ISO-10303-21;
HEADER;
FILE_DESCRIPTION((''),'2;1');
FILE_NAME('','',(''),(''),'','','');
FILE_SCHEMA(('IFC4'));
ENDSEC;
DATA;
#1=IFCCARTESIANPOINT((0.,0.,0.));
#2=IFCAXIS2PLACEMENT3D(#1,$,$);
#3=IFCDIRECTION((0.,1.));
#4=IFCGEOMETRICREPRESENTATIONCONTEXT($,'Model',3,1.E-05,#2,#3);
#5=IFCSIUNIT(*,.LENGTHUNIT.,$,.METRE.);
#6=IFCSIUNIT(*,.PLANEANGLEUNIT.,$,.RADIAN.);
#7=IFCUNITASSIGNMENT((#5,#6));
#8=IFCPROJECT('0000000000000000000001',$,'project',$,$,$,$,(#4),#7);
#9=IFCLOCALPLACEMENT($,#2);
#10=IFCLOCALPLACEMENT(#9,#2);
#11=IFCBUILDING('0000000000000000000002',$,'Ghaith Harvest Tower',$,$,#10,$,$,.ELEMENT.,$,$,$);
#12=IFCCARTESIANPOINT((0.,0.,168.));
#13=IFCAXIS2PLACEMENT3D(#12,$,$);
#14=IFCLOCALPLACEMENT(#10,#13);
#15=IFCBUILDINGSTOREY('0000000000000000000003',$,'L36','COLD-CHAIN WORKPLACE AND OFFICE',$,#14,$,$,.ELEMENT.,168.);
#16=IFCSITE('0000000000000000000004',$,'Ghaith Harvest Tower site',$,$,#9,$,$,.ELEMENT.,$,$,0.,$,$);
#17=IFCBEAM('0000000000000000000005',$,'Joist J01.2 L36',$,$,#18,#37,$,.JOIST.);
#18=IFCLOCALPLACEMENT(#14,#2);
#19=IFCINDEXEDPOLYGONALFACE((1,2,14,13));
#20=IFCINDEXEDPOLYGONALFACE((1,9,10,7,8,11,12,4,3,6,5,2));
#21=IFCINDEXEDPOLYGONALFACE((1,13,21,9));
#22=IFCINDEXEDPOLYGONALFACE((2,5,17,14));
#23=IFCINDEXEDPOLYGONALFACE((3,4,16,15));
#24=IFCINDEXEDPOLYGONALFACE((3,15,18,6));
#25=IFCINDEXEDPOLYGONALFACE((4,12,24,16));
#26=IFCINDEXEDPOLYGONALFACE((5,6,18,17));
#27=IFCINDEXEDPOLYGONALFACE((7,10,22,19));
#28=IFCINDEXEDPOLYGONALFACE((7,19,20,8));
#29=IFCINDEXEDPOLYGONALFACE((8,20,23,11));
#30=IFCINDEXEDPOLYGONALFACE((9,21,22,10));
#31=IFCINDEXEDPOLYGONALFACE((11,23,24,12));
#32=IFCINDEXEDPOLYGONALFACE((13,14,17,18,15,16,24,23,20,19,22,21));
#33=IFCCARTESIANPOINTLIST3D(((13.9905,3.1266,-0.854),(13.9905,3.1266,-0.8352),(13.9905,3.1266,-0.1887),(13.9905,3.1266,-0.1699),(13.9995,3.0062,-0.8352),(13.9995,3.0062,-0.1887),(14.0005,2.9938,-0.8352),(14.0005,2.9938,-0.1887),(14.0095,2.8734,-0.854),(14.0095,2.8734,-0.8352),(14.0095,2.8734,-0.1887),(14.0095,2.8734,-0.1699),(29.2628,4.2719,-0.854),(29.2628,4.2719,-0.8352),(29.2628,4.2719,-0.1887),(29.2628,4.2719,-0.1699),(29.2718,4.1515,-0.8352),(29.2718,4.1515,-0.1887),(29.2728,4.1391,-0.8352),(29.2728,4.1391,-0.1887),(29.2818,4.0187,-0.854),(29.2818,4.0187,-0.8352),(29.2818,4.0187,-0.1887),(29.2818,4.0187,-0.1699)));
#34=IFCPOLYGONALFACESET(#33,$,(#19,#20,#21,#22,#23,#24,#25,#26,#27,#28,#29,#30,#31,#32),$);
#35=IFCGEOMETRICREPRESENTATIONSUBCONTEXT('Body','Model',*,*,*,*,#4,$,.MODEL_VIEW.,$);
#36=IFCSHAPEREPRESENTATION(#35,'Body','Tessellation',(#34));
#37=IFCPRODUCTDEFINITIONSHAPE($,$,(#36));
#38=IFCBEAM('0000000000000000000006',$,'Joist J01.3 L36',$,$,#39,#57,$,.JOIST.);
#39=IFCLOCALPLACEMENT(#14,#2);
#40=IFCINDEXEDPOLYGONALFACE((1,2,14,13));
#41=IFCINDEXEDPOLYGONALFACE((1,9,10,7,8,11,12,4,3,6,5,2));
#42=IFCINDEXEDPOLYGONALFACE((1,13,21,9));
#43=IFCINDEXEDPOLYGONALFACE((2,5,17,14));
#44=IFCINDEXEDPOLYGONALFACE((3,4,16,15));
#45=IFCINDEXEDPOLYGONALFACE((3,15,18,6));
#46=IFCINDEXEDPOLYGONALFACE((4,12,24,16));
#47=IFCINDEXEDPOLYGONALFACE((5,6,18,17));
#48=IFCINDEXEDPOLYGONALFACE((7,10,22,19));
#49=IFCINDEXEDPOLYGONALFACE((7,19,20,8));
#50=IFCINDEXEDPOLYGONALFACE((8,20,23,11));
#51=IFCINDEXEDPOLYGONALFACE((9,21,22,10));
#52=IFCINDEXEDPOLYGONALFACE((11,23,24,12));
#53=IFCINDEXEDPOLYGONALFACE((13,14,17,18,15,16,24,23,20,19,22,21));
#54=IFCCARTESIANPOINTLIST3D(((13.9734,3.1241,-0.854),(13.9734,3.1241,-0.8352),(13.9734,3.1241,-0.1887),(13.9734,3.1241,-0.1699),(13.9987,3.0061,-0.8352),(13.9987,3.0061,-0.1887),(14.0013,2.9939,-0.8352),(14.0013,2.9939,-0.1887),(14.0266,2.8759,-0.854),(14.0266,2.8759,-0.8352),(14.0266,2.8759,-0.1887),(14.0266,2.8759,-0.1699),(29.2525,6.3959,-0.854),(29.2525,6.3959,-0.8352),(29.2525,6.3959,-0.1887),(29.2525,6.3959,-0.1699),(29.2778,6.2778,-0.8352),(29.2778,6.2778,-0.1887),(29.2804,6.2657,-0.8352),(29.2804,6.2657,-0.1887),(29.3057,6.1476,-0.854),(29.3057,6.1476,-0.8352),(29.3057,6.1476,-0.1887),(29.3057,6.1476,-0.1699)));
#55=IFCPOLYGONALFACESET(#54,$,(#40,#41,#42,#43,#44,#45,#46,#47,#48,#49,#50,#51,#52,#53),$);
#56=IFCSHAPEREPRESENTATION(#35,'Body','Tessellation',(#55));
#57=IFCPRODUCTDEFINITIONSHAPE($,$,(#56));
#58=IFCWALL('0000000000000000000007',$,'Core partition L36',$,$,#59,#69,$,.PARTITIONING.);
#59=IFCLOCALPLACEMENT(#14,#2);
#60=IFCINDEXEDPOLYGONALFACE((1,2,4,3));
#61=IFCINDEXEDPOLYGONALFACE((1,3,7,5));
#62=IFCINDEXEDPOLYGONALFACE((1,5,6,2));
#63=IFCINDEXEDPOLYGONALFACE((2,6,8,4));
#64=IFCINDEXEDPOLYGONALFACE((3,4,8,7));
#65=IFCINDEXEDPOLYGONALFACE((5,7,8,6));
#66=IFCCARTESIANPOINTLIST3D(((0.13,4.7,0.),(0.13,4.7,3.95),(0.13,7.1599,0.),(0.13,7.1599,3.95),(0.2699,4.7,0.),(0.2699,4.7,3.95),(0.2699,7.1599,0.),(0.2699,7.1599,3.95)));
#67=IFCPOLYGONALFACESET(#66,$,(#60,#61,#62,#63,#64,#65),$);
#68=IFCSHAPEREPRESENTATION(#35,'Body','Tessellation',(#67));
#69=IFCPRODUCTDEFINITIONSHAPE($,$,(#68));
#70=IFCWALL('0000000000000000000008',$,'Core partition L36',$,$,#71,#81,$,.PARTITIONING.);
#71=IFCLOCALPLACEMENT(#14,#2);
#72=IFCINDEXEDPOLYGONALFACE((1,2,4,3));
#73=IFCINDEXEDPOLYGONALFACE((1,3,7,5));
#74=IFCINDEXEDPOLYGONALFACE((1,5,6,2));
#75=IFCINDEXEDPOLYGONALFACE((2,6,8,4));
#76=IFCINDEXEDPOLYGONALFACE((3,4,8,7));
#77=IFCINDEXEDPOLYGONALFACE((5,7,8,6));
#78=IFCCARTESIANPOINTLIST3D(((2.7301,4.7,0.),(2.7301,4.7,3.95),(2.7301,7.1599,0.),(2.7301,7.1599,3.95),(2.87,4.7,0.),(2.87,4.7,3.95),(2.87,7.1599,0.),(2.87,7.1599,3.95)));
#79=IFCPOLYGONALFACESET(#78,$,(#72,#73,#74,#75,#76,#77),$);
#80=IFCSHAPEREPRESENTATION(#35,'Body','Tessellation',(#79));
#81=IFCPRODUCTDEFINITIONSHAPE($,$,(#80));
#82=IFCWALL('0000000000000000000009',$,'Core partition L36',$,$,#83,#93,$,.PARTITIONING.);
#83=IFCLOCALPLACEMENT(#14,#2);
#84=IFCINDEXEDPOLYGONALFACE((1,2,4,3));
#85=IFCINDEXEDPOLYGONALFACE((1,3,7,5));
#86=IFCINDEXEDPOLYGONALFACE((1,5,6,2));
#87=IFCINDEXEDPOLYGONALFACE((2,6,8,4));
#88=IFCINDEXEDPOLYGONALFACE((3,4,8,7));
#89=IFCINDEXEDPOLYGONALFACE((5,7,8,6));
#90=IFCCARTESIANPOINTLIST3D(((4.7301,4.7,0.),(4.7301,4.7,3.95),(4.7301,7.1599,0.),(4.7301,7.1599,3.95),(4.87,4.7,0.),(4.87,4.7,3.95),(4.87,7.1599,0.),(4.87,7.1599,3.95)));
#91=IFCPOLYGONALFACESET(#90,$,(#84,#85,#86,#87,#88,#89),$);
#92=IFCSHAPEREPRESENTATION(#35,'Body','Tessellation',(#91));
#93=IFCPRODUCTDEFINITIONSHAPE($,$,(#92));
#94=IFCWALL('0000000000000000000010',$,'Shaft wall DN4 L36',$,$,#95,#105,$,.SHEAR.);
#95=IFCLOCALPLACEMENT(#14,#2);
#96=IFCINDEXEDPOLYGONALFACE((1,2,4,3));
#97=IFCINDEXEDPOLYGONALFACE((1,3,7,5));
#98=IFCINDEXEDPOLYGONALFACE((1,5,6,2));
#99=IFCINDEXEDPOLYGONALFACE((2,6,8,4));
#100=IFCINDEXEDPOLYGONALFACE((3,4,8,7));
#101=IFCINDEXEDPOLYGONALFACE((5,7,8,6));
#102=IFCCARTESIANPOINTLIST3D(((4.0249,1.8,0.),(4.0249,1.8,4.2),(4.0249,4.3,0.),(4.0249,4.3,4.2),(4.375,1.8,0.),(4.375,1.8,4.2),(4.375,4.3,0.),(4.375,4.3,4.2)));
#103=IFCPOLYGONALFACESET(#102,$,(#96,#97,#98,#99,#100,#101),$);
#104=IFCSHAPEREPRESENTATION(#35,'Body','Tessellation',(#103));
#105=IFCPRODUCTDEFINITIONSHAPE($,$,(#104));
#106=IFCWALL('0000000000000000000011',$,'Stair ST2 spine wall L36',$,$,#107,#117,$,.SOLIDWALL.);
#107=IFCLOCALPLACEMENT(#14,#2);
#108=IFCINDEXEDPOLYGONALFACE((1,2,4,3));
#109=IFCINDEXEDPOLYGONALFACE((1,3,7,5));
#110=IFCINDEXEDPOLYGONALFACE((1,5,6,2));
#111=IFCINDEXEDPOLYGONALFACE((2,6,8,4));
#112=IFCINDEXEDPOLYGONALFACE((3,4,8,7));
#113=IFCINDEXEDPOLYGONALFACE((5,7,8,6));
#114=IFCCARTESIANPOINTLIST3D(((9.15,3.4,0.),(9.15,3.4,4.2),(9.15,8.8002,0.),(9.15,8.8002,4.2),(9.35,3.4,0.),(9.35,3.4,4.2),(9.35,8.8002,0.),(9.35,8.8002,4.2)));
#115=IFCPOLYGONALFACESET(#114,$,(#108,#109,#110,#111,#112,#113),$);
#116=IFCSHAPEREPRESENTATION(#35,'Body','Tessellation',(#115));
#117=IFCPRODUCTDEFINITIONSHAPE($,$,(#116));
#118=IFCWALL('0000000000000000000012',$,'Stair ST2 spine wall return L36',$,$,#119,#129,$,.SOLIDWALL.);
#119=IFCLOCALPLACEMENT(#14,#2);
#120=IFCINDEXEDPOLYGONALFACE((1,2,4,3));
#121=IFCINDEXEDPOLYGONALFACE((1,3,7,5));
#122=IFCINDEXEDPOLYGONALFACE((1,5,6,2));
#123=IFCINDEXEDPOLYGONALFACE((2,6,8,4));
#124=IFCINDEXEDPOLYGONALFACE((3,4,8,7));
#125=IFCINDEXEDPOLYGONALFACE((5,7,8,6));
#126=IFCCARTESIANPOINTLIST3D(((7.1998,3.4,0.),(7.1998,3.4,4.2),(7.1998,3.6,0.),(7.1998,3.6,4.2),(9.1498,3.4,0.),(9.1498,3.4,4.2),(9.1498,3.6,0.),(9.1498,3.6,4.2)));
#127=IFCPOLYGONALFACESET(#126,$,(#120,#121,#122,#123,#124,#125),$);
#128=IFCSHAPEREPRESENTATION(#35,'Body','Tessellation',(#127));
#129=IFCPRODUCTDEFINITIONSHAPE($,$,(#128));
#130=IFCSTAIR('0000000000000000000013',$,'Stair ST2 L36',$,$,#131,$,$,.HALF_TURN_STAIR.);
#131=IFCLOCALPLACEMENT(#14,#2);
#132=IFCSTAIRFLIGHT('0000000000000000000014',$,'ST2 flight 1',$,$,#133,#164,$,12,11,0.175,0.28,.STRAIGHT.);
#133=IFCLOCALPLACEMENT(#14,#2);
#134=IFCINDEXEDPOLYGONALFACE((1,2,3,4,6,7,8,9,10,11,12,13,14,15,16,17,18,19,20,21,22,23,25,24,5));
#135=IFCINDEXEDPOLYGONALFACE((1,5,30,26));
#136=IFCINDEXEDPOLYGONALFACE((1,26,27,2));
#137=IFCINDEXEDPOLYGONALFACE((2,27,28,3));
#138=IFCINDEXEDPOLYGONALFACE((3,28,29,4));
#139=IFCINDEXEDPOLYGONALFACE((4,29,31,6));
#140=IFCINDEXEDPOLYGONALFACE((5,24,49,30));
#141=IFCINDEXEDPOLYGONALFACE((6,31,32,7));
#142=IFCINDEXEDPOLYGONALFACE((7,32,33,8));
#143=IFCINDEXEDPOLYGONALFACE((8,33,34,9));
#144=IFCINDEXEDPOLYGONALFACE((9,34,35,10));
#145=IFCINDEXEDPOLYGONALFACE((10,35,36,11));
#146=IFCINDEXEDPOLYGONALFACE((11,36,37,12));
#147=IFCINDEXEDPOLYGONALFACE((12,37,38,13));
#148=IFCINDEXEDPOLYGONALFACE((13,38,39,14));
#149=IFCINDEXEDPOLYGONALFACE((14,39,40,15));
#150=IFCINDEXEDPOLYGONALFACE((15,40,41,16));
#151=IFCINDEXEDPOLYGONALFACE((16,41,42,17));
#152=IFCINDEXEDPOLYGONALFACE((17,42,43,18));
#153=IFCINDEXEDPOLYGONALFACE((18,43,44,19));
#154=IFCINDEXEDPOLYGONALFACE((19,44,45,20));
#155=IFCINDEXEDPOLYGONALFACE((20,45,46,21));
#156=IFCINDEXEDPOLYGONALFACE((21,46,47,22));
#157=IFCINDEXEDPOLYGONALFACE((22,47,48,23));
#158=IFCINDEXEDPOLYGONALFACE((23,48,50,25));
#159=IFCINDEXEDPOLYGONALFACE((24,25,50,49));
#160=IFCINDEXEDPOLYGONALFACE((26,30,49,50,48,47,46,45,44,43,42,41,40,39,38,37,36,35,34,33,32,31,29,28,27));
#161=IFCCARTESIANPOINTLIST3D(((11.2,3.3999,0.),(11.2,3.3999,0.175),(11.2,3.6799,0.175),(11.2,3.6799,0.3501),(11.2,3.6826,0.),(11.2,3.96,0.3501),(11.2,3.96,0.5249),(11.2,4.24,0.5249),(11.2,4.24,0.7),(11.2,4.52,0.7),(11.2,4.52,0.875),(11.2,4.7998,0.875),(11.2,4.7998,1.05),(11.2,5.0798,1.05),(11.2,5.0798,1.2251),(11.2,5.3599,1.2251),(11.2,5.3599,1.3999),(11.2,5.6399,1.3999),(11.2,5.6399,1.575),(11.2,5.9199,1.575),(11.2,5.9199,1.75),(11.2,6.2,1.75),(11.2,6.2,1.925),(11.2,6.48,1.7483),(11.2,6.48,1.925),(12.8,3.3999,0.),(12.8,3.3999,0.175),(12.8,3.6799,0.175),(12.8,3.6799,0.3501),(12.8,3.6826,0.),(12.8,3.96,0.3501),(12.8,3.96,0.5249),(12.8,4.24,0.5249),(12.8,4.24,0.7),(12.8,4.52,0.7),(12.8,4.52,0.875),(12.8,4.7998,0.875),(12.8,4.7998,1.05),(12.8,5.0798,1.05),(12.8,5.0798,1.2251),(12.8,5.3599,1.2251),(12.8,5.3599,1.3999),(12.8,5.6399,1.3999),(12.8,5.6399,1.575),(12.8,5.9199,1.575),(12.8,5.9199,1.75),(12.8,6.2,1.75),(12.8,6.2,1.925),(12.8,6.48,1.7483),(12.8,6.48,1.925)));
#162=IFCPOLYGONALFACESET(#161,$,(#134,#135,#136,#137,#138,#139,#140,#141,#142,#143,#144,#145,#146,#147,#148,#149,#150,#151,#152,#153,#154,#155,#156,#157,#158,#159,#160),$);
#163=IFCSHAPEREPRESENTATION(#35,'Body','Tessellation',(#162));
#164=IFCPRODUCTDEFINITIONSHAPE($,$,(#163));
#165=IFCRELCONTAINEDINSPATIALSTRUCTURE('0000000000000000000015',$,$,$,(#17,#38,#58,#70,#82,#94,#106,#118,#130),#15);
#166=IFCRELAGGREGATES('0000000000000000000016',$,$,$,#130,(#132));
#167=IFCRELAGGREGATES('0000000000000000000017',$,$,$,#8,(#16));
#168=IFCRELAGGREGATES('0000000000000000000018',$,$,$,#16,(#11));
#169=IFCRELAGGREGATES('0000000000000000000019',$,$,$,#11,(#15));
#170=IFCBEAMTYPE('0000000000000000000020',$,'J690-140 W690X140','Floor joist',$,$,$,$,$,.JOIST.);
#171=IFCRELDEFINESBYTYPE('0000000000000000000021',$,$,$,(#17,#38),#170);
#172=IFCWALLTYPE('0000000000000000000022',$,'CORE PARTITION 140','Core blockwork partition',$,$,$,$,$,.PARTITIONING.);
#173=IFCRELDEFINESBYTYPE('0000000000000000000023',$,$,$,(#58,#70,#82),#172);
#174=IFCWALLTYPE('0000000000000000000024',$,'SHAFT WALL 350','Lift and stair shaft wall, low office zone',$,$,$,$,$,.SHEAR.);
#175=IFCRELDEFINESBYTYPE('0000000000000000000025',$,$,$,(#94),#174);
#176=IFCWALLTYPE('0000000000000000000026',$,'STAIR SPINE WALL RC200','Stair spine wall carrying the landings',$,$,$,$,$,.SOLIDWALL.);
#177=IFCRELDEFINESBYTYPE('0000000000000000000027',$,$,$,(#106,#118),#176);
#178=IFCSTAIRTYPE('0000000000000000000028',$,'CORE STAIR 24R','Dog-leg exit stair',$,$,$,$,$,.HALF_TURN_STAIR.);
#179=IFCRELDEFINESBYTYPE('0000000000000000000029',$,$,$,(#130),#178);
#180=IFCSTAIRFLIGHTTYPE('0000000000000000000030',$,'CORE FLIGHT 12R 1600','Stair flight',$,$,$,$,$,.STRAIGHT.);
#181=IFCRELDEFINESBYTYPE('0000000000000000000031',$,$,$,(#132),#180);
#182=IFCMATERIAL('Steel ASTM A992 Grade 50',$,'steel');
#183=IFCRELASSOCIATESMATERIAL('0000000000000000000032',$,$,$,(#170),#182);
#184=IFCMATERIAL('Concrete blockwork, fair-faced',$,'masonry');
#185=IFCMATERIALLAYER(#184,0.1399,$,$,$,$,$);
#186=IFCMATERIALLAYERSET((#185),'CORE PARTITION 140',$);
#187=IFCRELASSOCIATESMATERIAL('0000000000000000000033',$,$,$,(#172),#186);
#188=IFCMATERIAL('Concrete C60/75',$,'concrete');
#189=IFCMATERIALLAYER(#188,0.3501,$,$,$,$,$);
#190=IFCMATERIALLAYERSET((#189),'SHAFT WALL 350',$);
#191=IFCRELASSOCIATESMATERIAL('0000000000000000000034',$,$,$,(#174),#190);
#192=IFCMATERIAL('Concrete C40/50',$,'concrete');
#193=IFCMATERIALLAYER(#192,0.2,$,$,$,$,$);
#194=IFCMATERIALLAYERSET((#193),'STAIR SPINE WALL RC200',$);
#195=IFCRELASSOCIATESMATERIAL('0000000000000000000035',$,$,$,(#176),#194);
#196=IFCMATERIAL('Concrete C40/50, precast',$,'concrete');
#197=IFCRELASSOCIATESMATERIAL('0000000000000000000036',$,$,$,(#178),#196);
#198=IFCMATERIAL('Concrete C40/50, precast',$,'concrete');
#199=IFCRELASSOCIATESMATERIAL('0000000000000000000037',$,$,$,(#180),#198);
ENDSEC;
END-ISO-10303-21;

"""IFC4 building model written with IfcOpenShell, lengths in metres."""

from ifc_helpers import new_model, si_unit, direction, frame, frame_2d, origin, origin_2d, place, context, subcontext, project, spatial, polyline, rectangle, i_section, outline, extrude, material, layer, layer_set, material_profile, profile_set, type_object, element, aggregate, save


model = new_model("IFC4")

# Units and contexts
model_context = context("Model", 3, precision=1e-05, world=origin(), true_north=direction((0.0, 1.0)))
body_context = subcontext(model_context, "Body", "Model", "MODEL_VIEW")
ifc_project = project(units=[si_unit("LENGTHUNIT", "METRE"), si_unit("PLANEANGLEUNIT", "RADIAN")], contexts=[model_context])

# Site, building, storey
site_placement = place(None, origin())
site = spatial("IfcSite", under=ifc_project, at=site_placement, Name="Ghaith Harvest Tower site", CompositionType="ELEMENT", RefElevation=0.0)
building_placement = place(site_placement, origin())
building = spatial("IfcBuilding", under=site, at=building_placement, Name="Ghaith Harvest Tower", CompositionType="ELEMENT")
storey_placement = place(building_placement, frame((0.0, 0.0, 168.0)))
storey = spatial("IfcBuildingStorey", under=building, at=storey_placement, Name="L36", Description="COLD-CHAIN WORKPLACE AND OFFICE", CompositionType="ELEMENT", Elevation=168.0)

# Beams
ifc_material_1 = material(Name="Steel ASTM A992 Grade 50", Category="steel")
ifc_material_profile_1 = material_profile(ifc_material_1, i_section(OverallWidth=0.2539, OverallDepth=0.6841, WebThickness=0.0125, FlangeThickness=0.0188, at=origin_2d()), Name="W690X140")
ifc_profile_set_1 = profile_set([ifc_material_profile_1], Name="Steel ASTM A992 Grade 50")
beam_type_1 = type_object("IfcBeamType", Name="J690-140 W690X140", Description="Floor joist", PredefinedType="JOIST", material=ifc_profile_set_1)
beam_1_placement = place(storey_placement, frame((14.0, 3.0, -0.512), z_axis=(0.9972, 0.07478, 0.0), x_axis=(-0.07478, 0.9972, 0.0)))
element("IfcBeam", 1, at=beam_1_placement, inside=storey, type_object=beam_type_1, Name="Joist J01.2 L36", PredefinedType="JOIST", context=body_context, shape_type="SweptSolid", body=[
    extrude(i_section(OverallWidth=0.2539, OverallDepth=0.6841, WebThickness=0.0125, FlangeThickness=0.0188, at=origin_2d()), origin(), (0.0, 0.0, 1.0), 15.3152),
])
beam_2_placement = place(storey_placement, frame((14.0, 3.0, -0.512), z_axis=(0.977833, 0.209385, 0.0), x_axis=(-0.209385, 0.977833, 0.0)))
element("IfcBeam", 2, at=beam_2_placement, inside=storey, type_object=beam_type_1, Name="Joist J01.3 L36", PredefinedType="JOIST", context=body_context, shape_type="SweptSolid", body=[
    extrude(i_section(OverallWidth=0.2539, OverallDepth=0.6841, WebThickness=0.0125, FlangeThickness=0.0188, at=origin_2d()), origin(), (0.0, 0.0, 1.0), 15.6255),
])

# Walls
ifc_material_2 = material(Name="Concrete blockwork, fair-faced", Category="masonry")
ifc_layer_1 = layer(ifc_material_2, 0.1399)
ifc_layer_set_1 = layer_set([ifc_layer_1], Name="CORE PARTITION 140")
wall_type_1 = type_object("IfcWallType", Name="CORE PARTITION 140", Description="Core blockwork partition", PredefinedType="PARTITIONING", material=ifc_layer_set_1)
for number, where, z_axis, x_axis, name in (
    (3, (0.2, 4.7, 0.0), (0.0, 0.0, 1.0), (0.0, 1.0, 0.0), "Core partition L36"),
    (4, (2.8, 4.7, 0.0), (0.0, 0.0, 1.0), (0.0, 1.0, 0.0), "Core partition L36"),
    (5, (4.8, 4.7, 0.0), (0.0, 0.0, 1.0), (0.0, 1.0, 0.0), "Core partition L36"),
):
    element("IfcWall", number, at=place(storey_placement, frame(where, z_axis=z_axis, x_axis=x_axis)), inside=storey, type_object=wall_type_1, Name=name, PredefinedType="PARTITIONING", context=body_context, shape_type="SweptSolid", body=[
        extrude(rectangle(XDim=2.46, YDim=0.1399, at=frame_2d((1.23, 0.0))), origin(), (0.0, 0.0, 1.0), 3.95),
    ])

# Shared definitions
ifc_material_3 = material(Name="Concrete C60/75", Category="concrete")
ifc_layer_2 = layer(ifc_material_3, 0.3501)
ifc_layer_set_2 = layer_set([ifc_layer_2], Name="SHAFT WALL 350")
wall_type_2 = type_object("IfcWallType", Name="SHAFT WALL 350", Description="Lift and stair shaft wall, low office zone", PredefinedType="SHEAR", material=ifc_layer_set_2)

# Walls
wall_1_placement = place(storey_placement, frame((4.2, 1.8, 0.0), z_axis=(0.0, 0.0, 1.0), x_axis=(0.0, 1.0, 0.0)))
element("IfcWall", 6, at=wall_1_placement, inside=storey, type_object=wall_type_2, Name="Shaft wall DN4 L36", PredefinedType="SHEAR", context=body_context, shape_type="SweptSolid", body=[
    extrude(rectangle(XDim=2.5, YDim=0.3501, at=frame_2d((1.25, 0.0))), origin(), (0.0, 0.0, 1.0), 4.2),
])
ifc_material_4 = material(Name="Concrete C40/50", Category="concrete")
ifc_layer_3 = layer(ifc_material_4, 0.2)
ifc_layer_set_3 = layer_set([ifc_layer_3], Name="STAIR SPINE WALL RC200")
wall_type_3 = type_object("IfcWallType", Name="STAIR SPINE WALL RC200", Description="Stair spine wall carrying the landings", PredefinedType="SOLIDWALL", material=ifc_layer_set_3)
wall_2_placement = place(storey_placement, frame((9.25, 3.3999, 0.0), z_axis=(0.0, 0.0, 1.0), x_axis=(0.0, 1.0, 0.0)))
element("IfcWall", 7, at=wall_2_placement, inside=storey, type_object=wall_type_3, Name="Stair ST2 spine wall L36", PredefinedType="SOLIDWALL", context=body_context, shape_type="SweptSolid", body=[
    extrude(rectangle(XDim=5.4001, YDim=0.2, at=frame_2d((2.7002, 0.0))), origin(), (0.0, 0.0, 1.0), 4.2),
])
wall_3_placement = place(storey_placement, frame((9.1499, 3.5, 0.0), z_axis=(0.0, 0.0, 1.0), x_axis=(-1.0, 0.0, 0.0)))
element("IfcWall", 8, at=wall_3_placement, inside=storey, type_object=wall_type_3, Name="Stair ST2 spine wall return L36", PredefinedType="SOLIDWALL", context=body_context, shape_type="SweptSolid", body=[
    extrude(rectangle(XDim=1.95, YDim=0.2, at=frame_2d((0.9751, 0.0))), origin(), (0.0, 0.0, 1.0), 4.2),
])

# Stair, stair flight
ifc_material_5 = material(Name="Concrete C40/50, precast", Category="concrete")
stair_type = type_object("IfcStairType", Name="CORE STAIR 24R", Description="Dog-leg exit stair", PredefinedType="HALF_TURN_STAIR", material=ifc_material_5)
stair_placement = place(storey_placement, origin())
stair = element("IfcStair", 9, at=stair_placement, inside=storey, type_object=stair_type, Name="Stair ST2 L36", PredefinedType="HALF_TURN_STAIR")
ifc_material_6 = material(Name="Concrete C40/50, precast", Category="concrete")
stair_flight_type = type_object("IfcStairFlightType", Name="CORE FLIGHT 12R 1600", Description="Stair flight", PredefinedType="STRAIGHT", material=ifc_material_6)
stair_flight_1_placement = place(storey_placement, frame((12.0, 3.3999, 0.0), z_axis=(0.0, 0.0, 1.0), x_axis=(0.0, 1.0, 0.0)))
stair_flight_1 = element("IfcStairFlight", 10, at=stair_flight_1_placement, type_object=stair_flight_type, Name="ST2 flight 1", NumberOfRisers=12, NumberOfTreads=11, PredefinedType="STRAIGHT", RiserHeight=0.175, TreadLength=0.28, context=body_context, shape_type="SweptSolid", body=[
    extrude(outline(polyline([(0.0, 0.0), (0.0, 0.175), (0.28, 0.175), (0.28, 0.3501), (0.5601, 0.3501), (0.5601, 0.5249), (0.8401, 0.5249), (0.8401, 0.7), (1.1201, 0.7), (1.1201, 0.875), (1.3999, 0.875), (1.3999, 1.05), (1.6799, 1.05), (1.6799, 1.2251), (1.96, 1.2251), (1.96, 1.3999), (2.24, 1.3999), (2.24, 1.575), (2.52, 1.575), (2.52, 1.75), (2.8, 1.75), (2.8, 1.925), (3.0801, 1.925), (3.0801, 2.1001), (3.0801, 1.7483), (0.2827, 0.0), (0.0, 0.0)])), frame((0.0, 0.8, 0.0), z_axis=(0.0, -1.0, 0.0), x_axis=(1.0, 0.0, 0.0)), (0.0, 0.0, 1.0), 1.6001),
])
aggregate(stair, [stair_flight_1])

save(model, "model.ifc")
